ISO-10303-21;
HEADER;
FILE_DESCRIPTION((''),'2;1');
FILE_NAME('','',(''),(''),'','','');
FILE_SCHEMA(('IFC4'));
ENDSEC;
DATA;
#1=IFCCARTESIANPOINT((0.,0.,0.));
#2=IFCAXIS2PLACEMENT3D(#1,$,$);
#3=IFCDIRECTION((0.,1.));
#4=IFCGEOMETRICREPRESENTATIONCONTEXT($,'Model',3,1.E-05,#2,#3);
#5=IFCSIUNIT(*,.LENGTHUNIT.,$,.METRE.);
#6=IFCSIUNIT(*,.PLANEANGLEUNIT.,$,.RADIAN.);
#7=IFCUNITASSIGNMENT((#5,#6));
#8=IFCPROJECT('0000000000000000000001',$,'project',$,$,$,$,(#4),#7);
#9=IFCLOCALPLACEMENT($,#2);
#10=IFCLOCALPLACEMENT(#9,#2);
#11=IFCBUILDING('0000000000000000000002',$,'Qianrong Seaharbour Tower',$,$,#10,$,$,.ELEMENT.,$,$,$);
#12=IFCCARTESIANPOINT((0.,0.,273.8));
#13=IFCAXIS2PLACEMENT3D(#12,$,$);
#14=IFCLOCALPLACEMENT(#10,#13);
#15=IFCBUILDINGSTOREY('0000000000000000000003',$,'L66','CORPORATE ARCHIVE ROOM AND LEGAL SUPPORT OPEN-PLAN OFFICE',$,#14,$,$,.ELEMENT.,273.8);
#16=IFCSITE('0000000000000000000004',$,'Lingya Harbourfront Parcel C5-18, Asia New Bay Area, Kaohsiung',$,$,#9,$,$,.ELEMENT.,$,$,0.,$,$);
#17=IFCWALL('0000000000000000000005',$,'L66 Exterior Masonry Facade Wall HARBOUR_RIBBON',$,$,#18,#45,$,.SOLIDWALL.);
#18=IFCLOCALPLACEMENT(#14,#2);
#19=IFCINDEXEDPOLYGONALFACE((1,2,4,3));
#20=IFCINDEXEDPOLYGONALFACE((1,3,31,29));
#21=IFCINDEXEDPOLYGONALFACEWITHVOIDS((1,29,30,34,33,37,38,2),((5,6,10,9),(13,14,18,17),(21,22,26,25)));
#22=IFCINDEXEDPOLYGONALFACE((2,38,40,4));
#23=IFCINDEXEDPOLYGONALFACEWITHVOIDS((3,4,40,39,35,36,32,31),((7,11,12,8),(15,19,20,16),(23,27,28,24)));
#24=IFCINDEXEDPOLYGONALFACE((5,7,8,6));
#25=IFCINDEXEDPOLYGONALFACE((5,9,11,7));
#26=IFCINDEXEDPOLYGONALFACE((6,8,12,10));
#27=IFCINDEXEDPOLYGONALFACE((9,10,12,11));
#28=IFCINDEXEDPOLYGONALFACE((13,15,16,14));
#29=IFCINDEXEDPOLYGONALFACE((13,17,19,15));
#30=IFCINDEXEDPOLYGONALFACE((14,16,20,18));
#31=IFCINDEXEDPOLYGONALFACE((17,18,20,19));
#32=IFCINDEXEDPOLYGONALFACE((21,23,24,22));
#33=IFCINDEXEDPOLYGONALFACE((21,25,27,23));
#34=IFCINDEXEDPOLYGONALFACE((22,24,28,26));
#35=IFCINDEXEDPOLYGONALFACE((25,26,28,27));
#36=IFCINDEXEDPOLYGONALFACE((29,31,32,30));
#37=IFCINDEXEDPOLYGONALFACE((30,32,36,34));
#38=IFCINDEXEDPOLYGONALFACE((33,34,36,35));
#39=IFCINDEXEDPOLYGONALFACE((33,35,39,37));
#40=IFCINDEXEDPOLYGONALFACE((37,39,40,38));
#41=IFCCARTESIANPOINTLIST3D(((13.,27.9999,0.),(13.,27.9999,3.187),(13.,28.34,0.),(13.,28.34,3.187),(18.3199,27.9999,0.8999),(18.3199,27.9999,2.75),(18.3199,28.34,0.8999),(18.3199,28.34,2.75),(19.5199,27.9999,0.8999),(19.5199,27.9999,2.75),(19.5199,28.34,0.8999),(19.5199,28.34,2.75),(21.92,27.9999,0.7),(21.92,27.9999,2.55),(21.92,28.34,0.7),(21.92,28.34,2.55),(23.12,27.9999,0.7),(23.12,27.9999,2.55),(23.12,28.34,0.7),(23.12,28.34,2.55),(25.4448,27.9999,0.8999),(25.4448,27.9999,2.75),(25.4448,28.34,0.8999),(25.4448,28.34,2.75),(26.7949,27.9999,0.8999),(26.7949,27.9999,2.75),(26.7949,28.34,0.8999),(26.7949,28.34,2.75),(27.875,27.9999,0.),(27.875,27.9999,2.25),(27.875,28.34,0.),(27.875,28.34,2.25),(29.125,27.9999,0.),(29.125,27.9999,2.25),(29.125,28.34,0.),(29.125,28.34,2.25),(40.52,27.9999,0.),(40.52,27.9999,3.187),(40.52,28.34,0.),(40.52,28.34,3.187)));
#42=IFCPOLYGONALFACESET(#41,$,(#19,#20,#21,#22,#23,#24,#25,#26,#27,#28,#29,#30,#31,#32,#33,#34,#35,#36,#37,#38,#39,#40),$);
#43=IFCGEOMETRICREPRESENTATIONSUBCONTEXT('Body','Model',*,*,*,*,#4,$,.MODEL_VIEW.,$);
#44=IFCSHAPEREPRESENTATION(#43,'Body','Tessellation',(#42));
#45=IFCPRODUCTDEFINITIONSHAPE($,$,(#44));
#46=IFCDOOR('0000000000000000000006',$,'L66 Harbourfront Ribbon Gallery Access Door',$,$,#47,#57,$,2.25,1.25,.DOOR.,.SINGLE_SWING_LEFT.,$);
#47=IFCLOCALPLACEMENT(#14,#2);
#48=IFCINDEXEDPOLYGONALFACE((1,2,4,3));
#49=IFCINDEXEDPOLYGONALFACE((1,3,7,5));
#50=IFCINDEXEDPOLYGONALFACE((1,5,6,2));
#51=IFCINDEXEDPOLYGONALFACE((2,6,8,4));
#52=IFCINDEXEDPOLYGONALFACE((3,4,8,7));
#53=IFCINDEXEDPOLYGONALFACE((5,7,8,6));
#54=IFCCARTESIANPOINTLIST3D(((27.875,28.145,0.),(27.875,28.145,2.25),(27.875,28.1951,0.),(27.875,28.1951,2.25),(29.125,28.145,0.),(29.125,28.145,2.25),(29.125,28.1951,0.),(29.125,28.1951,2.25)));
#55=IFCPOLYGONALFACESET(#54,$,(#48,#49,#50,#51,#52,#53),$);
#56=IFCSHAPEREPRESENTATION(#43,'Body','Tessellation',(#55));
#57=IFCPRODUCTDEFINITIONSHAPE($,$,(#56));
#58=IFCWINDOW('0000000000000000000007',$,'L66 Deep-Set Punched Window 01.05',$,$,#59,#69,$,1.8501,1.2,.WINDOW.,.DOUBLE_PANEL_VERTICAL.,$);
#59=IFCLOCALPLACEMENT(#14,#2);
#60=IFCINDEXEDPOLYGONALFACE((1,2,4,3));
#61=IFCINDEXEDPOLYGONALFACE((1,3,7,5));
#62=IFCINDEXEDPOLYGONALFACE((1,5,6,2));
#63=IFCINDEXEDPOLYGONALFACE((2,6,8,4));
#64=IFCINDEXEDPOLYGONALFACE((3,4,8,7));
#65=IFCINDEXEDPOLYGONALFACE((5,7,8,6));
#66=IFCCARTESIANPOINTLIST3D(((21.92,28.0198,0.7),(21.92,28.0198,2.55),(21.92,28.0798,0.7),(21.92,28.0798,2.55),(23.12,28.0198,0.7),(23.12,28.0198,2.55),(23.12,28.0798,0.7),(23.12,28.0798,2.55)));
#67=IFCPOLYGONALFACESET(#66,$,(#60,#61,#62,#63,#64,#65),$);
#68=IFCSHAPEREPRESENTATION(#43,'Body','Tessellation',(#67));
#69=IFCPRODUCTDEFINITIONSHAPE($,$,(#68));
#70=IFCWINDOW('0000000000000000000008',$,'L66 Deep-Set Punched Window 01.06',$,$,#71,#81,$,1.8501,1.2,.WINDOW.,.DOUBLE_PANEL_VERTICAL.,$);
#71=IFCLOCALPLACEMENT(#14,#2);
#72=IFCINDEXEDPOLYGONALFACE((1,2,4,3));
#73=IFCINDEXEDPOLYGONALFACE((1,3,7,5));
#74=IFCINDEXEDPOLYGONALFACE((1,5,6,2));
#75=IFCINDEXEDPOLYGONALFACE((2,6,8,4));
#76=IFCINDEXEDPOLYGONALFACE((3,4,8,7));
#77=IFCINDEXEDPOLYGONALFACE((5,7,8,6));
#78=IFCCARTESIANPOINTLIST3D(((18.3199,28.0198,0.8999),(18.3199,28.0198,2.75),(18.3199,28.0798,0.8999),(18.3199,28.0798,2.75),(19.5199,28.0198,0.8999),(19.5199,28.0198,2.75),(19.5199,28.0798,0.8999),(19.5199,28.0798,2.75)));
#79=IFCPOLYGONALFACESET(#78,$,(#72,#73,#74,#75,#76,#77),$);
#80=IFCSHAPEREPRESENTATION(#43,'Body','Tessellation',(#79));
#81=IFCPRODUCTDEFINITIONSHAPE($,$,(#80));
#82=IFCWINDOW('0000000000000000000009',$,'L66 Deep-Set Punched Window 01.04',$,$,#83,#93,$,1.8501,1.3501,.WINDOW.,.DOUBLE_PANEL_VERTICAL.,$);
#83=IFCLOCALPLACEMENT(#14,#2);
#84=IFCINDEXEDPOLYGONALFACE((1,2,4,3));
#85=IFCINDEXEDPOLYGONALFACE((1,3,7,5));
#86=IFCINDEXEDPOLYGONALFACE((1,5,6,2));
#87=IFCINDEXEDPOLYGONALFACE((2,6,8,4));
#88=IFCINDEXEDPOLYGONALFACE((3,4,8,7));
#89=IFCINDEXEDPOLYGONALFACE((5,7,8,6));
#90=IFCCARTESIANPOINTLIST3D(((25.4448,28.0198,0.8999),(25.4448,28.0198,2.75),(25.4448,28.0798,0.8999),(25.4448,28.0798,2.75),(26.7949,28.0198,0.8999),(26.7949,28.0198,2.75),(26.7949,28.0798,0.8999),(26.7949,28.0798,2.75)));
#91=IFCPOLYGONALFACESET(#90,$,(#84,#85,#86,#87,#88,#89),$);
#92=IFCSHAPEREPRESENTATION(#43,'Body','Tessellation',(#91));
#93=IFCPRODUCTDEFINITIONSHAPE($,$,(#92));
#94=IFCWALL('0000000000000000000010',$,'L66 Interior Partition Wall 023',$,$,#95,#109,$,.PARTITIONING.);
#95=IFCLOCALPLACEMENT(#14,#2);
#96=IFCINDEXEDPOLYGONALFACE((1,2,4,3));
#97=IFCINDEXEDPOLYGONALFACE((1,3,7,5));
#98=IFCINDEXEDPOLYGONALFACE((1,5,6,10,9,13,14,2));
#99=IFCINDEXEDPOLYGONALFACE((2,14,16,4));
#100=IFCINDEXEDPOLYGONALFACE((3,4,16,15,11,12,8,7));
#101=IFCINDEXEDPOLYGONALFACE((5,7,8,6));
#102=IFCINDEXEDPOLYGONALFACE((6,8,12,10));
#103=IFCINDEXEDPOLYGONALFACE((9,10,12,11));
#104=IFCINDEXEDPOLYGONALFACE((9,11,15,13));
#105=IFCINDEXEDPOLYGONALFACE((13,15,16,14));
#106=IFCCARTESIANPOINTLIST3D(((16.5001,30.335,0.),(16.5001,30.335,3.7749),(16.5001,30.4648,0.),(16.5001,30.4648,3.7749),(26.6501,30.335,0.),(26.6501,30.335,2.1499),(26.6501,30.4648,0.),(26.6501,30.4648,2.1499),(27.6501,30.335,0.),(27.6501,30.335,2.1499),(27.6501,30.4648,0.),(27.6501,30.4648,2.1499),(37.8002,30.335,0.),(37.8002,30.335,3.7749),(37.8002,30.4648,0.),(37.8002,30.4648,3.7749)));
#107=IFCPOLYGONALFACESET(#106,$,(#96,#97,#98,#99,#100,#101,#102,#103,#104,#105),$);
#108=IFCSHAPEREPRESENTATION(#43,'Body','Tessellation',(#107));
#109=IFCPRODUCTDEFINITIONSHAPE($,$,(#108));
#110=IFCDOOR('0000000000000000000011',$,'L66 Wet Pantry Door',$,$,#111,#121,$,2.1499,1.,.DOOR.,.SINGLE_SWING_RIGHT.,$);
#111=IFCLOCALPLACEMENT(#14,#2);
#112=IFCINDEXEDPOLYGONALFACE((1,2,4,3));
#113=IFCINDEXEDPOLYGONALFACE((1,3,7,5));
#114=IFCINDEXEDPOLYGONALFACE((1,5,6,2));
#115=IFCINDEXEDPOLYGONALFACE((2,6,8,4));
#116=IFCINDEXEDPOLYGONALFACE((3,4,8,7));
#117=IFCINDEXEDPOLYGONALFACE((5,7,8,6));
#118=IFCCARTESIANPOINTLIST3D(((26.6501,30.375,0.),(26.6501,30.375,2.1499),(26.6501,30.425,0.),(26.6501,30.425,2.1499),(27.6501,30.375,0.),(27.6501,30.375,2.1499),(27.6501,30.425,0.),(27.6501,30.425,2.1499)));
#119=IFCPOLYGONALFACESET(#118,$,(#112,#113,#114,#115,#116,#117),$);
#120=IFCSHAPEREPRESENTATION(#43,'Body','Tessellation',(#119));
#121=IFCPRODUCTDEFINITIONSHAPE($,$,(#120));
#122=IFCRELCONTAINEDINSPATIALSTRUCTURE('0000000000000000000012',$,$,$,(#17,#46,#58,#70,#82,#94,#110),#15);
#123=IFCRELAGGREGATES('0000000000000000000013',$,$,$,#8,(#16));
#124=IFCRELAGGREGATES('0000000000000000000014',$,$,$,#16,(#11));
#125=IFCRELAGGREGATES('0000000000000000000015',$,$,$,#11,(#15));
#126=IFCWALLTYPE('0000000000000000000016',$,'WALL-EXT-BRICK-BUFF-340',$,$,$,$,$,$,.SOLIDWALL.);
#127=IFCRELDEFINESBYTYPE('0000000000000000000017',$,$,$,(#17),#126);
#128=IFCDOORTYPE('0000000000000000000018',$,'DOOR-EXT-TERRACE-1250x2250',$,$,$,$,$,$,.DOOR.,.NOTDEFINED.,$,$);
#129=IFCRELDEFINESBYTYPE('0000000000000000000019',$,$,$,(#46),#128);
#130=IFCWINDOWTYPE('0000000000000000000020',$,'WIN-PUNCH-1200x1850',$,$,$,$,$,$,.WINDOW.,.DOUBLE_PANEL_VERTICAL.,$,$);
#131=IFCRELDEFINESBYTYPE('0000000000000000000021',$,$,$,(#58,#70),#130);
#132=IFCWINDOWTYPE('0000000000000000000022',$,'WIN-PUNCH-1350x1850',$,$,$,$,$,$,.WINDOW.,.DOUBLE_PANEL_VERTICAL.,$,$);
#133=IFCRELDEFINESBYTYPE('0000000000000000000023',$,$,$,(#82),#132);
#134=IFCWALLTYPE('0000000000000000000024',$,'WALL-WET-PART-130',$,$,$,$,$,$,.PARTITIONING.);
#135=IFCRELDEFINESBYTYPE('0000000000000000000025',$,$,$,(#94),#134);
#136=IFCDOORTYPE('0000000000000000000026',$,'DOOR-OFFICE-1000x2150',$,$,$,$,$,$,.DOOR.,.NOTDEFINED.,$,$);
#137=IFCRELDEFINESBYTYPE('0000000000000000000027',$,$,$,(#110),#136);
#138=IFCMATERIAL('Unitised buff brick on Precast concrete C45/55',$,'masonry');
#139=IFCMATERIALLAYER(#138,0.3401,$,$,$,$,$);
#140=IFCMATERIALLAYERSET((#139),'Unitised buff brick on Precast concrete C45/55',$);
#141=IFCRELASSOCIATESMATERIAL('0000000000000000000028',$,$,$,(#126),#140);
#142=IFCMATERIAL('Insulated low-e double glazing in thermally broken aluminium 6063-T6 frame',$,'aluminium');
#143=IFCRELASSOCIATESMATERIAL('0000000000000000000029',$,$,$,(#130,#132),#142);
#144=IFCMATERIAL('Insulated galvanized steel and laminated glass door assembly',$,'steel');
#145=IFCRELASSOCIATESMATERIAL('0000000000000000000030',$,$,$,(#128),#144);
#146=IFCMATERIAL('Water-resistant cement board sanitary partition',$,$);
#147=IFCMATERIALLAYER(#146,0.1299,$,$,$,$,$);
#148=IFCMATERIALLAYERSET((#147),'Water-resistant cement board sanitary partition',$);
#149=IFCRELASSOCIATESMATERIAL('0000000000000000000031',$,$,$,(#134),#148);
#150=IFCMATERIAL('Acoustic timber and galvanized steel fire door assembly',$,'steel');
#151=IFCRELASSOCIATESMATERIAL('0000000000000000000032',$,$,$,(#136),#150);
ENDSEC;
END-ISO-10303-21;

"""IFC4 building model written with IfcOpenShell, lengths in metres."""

from ifc_helpers import new_model, si_unit, direction, frame, frame_2d, origin, place, context, subcontext, project, spatial, rectangle, extrude, material, layer, layer_set, type_object, element, fill, save


model = new_model("IFC4")

# Units and contexts
model_context = context("Model", 3, precision=1e-05, world=origin(), true_north=direction((0.0, 1.0)))
body_context = subcontext(model_context, "Body", "Model", "MODEL_VIEW")
ifc_project = project(units=[si_unit("LENGTHUNIT", "METRE"), si_unit("PLANEANGLEUNIT", "RADIAN")], contexts=[model_context])

# Site, building, storey
site_placement = place(None, origin())
site = spatial("IfcSite", under=ifc_project, at=site_placement, Name="Lingya Harbourfront Parcel C5-18, Asia New Bay Area, Kaohsiung", CompositionType="ELEMENT", RefElevation=0.0)
building_placement = place(site_placement, origin())
building = spatial("IfcBuilding", under=site, at=building_placement, Name="Qianrong Seaharbour Tower", CompositionType="ELEMENT")
storey_placement = place(building_placement, frame((0.0, 0.0, 273.8)))
storey = spatial("IfcBuildingStorey", under=building, at=storey_placement, Name="L66", Description="CORPORATE ARCHIVE ROOM AND LEGAL SUPPORT OPEN-PLAN OFFICE", CompositionType="ELEMENT", Elevation=273.8)

# Shared definitions
ifc_material_1 = material(Name="Unitised buff brick on Precast concrete C45/55", Category="masonry")
ifc_layer_1 = layer(ifc_material_1, 0.3401)
ifc_layer_set_1 = layer_set([ifc_layer_1], Name="Unitised buff brick on Precast concrete C45/55")
wall_type_1 = type_object("IfcWallType", Name="WALL-EXT-BRICK-BUFF-340", PredefinedType="SOLIDWALL", material=ifc_layer_set_1)
ifc_material_2 = material(Name="Insulated low-e double glazing in thermally broken aluminium 6063-T6 frame", Category="aluminium")
window_type_1 = type_object("IfcWindowType", Name="WIN-PUNCH-1200x1850", PartitioningType="DOUBLE_PANEL_VERTICAL", PredefinedType="WINDOW", material=ifc_material_2)
window_type_2 = type_object("IfcWindowType", Name="WIN-PUNCH-1350x1850", PartitioningType="DOUBLE_PANEL_VERTICAL", PredefinedType="WINDOW", material=ifc_material_2)

# Wall, openings, door, windows
wall_1_placement = place(storey_placement, frame((40.52, 28.1699, 0.0), z_axis=(0.0, 0.0, 1.0), x_axis=(-1.0, 0.0, 0.0)))
wall_1 = element("IfcWall", 1, at=wall_1_placement, inside=storey, type_object=wall_type_1, Name="L66 Exterior Masonry Facade Wall HARBOUR_RIBBON", PredefinedType="SOLIDWALL", context=body_context, shape_type="SweptSolid", body=[
    extrude(rectangle(XDim=27.52, YDim=0.3401, at=frame_2d((13.76, 0.0))), origin(), (0.0, 0.0, 1.0), 3.187),
])
opening_1_placement = place(wall_1_placement, frame((13.7251, 0.0, 0.8999)))
opening_1 = element("IfcOpeningElement", 2, at=opening_1_placement, cuts=wall_1, PredefinedType="OPENING", context=body_context, shape_type="SweptSolid", body=[
    extrude(rectangle(XDim=1.3501, YDim=1.8501, at=frame_2d((0.675, 0.925))), frame((0.0, 0.1802, 0.0), z_axis=(0.0, -1.0, 0.0), x_axis=(1.0, 0.0, 0.0)), (0.0, 0.0, 1.0), 0.3601),
])
opening_2_placement = place(wall_1_placement, frame((17.3999, 0.0, 0.7)))
opening_2 = element("IfcOpeningElement", 3, at=opening_2_placement, cuts=wall_1, PredefinedType="OPENING", context=body_context, shape_type="SweptSolid", body=[
    extrude(rectangle(XDim=1.2, YDim=1.8501, at=frame_2d((0.6001, 0.925))), frame((0.0, 0.1802, 0.0), z_axis=(0.0, -1.0, 0.0), x_axis=(1.0, 0.0, 0.0)), (0.0, 0.0, 1.0), 0.3601),
])
opening_3_placement = place(wall_1_placement, frame((21.0, 0.0, 0.8999)))
opening_3 = element("IfcOpeningElement", 4, at=opening_3_placement, cuts=wall_1, PredefinedType="OPENING", context=body_context, shape_type="SweptSolid", body=[
    extrude(rectangle(XDim=1.2, YDim=1.8501, at=frame_2d((0.6001, 0.925))), frame((0.0, 0.1802, 0.0), z_axis=(0.0, -1.0, 0.0), x_axis=(1.0, 0.0, 0.0)), (0.0, 0.0, 1.0), 0.3601),
])
opening_4_placement = place(wall_1_placement, frame((11.395, 0.0, 0.0)))
opening_4 = element("IfcOpeningElement", 5, at=opening_4_placement, cuts=wall_1, PredefinedType="OPENING", context=body_context, shape_type="SweptSolid", body=[
    extrude(rectangle(XDim=1.25, YDim=2.25, at=frame_2d((0.625, 1.125))), frame((0.0, 0.1802, 0.0), z_axis=(0.0, -1.0, 0.0), x_axis=(1.0, 0.0, 0.0)), (0.0, 0.0, 1.0), 0.3601),
])
ifc_material_3 = material(Name="Insulated galvanized steel and laminated glass door assembly", Category="steel")
door_type_1 = type_object("IfcDoorType", Name="DOOR-EXT-TERRACE-1250x2250", OperationType="NOTDEFINED", PredefinedType="DOOR", material=ifc_material_3)
door_1_placement = place(opening_4_placement, origin())
door_1 = element("IfcDoor", 6, at=door_1_placement, inside=storey, type_object=door_type_1, Name="L66 Harbourfront Ribbon Gallery Access Door", OperationType="SINGLE_SWING_LEFT", OverallHeight=2.25, OverallWidth=1.25, PredefinedType="DOOR", context=body_context, shape_type="SweptSolid", body=[
    extrude(rectangle(XDim=1.25, YDim=2.25, at=frame_2d((0.625, 1.125))), frame((0.0, 0.0249, 0.0), z_axis=(0.0, -1.0, 0.0), x_axis=(1.0, 0.0, 0.0)), (0.0, 0.0, 1.0), 0.05),
])
fill(opening_4, door_1)
window_1_placement = place(opening_2_placement, origin())
window_1 = element("IfcWindow", 7, at=window_1_placement, inside=storey, type_object=window_type_1, Name="L66 Deep-Set Punched Window 01.05", OverallHeight=1.8501, OverallWidth=1.2, PartitioningType="DOUBLE_PANEL_VERTICAL", PredefinedType="WINDOW", context=body_context, shape_type="SweptSolid", body=[
    extrude(rectangle(XDim=1.2, YDim=1.8501, at=frame_2d((0.6001, 0.925))), frame((0.0, 0.1501, 0.0), z_axis=(0.0, -1.0, 0.0), x_axis=(1.0, 0.0, 0.0)), (0.0, 0.0, 1.0), 0.0601),
])
fill(opening_2, window_1)
window_2_placement = place(opening_3_placement, origin())
window_2 = element("IfcWindow", 8, at=window_2_placement, inside=storey, type_object=window_type_1, Name="L66 Deep-Set Punched Window 01.06", OverallHeight=1.8501, OverallWidth=1.2, PartitioningType="DOUBLE_PANEL_VERTICAL", PredefinedType="WINDOW", context=body_context, shape_type="SweptSolid", body=[
    extrude(rectangle(XDim=1.2, YDim=1.8501, at=frame_2d((0.6001, 0.925))), frame((0.0, 0.1501, 0.0), z_axis=(0.0, -1.0, 0.0), x_axis=(1.0, 0.0, 0.0)), (0.0, 0.0, 1.0), 0.0601),
])
fill(opening_3, window_2)
window_3_placement = place(opening_1_placement, origin())
window_3 = element("IfcWindow", 9, at=window_3_placement, inside=storey, type_object=window_type_2, Name="L66 Deep-Set Punched Window 01.04", OverallHeight=1.8501, OverallWidth=1.3501, PartitioningType="DOUBLE_PANEL_VERTICAL", PredefinedType="WINDOW", context=body_context, shape_type="SweptSolid", body=[
    extrude(rectangle(XDim=1.3501, YDim=1.8501, at=frame_2d((0.675, 0.925))), frame((0.0, 0.1501, 0.0), z_axis=(0.0, -1.0, 0.0), x_axis=(1.0, 0.0, 0.0)), (0.0, 0.0, 1.0), 0.0601),
])
fill(opening_1, window_3)

# Wall, opening, door
ifc_material_4 = material(Name="Water-resistant cement board sanitary partition")
ifc_layer_2 = layer(ifc_material_4, 0.1299)
ifc_layer_set_2 = layer_set([ifc_layer_2], Name="Water-resistant cement board sanitary partition")
wall_type_2 = type_object("IfcWallType", Name="WALL-WET-PART-130", PredefinedType="PARTITIONING", material=ifc_layer_set_2)
wall_2_placement = place(storey_placement, frame((37.8, 30.3999, 0.0), z_axis=(0.0, 0.0, 1.0), x_axis=(-1.0, 0.0, 0.0)))
wall_2 = element("IfcWall", 10, at=wall_2_placement, inside=storey, type_object=wall_type_2, Name="L66 Interior Partition Wall 023", PredefinedType="PARTITIONING", context=body_context, shape_type="SweptSolid", body=[
    extrude(rectangle(XDim=21.3, YDim=0.1299, at=frame_2d((10.6499, 0.0))), origin(), (0.0, 0.0, 1.0), 3.7749),
])
opening_5_placement = place(wall_2_placement, frame((10.1499, 0.0, 0.0)))
opening_5 = element("IfcOpeningElement", 11, at=opening_5_placement, cuts=wall_2, PredefinedType="OPENING", context=body_context, shape_type="SweptSolid", body=[
    extrude(rectangle(XDim=1.0, YDim=2.1499, at=frame_2d((0.5, 1.075))), frame((0.0, 0.075, 0.0), z_axis=(0.0, -1.0, 0.0), x_axis=(1.0, 0.0, 0.0)), (0.0, 0.0, 1.0), 0.1499),
])
ifc_material_5 = material(Name="Acoustic timber and galvanized steel fire door assembly", Category="steel")
door_type_2 = type_object("IfcDoorType", Name="DOOR-OFFICE-1000x2150", OperationType="NOTDEFINED", PredefinedType="DOOR", material=ifc_material_5)
door_2_placement = place(opening_5_placement, origin())
door_2 = element("IfcDoor", 12, at=door_2_placement, inside=storey, type_object=door_type_2, Name="L66 Wet Pantry Door", OperationType="SINGLE_SWING_RIGHT", OverallHeight=2.1499, OverallWidth=1.0, PredefinedType="DOOR", context=body_context, shape_type="SweptSolid", body=[
    extrude(rectangle(XDim=1.0, YDim=2.1499, at=frame_2d((0.5, 1.075))), frame((0.0, 0.0249, 0.0), z_axis=(0.0, -1.0, 0.0), x_axis=(1.0, 0.0, 0.0)), (0.0, 0.0, 1.0), 0.05),
])
fill(opening_5, door_2)

save(model, "model.ifc")
